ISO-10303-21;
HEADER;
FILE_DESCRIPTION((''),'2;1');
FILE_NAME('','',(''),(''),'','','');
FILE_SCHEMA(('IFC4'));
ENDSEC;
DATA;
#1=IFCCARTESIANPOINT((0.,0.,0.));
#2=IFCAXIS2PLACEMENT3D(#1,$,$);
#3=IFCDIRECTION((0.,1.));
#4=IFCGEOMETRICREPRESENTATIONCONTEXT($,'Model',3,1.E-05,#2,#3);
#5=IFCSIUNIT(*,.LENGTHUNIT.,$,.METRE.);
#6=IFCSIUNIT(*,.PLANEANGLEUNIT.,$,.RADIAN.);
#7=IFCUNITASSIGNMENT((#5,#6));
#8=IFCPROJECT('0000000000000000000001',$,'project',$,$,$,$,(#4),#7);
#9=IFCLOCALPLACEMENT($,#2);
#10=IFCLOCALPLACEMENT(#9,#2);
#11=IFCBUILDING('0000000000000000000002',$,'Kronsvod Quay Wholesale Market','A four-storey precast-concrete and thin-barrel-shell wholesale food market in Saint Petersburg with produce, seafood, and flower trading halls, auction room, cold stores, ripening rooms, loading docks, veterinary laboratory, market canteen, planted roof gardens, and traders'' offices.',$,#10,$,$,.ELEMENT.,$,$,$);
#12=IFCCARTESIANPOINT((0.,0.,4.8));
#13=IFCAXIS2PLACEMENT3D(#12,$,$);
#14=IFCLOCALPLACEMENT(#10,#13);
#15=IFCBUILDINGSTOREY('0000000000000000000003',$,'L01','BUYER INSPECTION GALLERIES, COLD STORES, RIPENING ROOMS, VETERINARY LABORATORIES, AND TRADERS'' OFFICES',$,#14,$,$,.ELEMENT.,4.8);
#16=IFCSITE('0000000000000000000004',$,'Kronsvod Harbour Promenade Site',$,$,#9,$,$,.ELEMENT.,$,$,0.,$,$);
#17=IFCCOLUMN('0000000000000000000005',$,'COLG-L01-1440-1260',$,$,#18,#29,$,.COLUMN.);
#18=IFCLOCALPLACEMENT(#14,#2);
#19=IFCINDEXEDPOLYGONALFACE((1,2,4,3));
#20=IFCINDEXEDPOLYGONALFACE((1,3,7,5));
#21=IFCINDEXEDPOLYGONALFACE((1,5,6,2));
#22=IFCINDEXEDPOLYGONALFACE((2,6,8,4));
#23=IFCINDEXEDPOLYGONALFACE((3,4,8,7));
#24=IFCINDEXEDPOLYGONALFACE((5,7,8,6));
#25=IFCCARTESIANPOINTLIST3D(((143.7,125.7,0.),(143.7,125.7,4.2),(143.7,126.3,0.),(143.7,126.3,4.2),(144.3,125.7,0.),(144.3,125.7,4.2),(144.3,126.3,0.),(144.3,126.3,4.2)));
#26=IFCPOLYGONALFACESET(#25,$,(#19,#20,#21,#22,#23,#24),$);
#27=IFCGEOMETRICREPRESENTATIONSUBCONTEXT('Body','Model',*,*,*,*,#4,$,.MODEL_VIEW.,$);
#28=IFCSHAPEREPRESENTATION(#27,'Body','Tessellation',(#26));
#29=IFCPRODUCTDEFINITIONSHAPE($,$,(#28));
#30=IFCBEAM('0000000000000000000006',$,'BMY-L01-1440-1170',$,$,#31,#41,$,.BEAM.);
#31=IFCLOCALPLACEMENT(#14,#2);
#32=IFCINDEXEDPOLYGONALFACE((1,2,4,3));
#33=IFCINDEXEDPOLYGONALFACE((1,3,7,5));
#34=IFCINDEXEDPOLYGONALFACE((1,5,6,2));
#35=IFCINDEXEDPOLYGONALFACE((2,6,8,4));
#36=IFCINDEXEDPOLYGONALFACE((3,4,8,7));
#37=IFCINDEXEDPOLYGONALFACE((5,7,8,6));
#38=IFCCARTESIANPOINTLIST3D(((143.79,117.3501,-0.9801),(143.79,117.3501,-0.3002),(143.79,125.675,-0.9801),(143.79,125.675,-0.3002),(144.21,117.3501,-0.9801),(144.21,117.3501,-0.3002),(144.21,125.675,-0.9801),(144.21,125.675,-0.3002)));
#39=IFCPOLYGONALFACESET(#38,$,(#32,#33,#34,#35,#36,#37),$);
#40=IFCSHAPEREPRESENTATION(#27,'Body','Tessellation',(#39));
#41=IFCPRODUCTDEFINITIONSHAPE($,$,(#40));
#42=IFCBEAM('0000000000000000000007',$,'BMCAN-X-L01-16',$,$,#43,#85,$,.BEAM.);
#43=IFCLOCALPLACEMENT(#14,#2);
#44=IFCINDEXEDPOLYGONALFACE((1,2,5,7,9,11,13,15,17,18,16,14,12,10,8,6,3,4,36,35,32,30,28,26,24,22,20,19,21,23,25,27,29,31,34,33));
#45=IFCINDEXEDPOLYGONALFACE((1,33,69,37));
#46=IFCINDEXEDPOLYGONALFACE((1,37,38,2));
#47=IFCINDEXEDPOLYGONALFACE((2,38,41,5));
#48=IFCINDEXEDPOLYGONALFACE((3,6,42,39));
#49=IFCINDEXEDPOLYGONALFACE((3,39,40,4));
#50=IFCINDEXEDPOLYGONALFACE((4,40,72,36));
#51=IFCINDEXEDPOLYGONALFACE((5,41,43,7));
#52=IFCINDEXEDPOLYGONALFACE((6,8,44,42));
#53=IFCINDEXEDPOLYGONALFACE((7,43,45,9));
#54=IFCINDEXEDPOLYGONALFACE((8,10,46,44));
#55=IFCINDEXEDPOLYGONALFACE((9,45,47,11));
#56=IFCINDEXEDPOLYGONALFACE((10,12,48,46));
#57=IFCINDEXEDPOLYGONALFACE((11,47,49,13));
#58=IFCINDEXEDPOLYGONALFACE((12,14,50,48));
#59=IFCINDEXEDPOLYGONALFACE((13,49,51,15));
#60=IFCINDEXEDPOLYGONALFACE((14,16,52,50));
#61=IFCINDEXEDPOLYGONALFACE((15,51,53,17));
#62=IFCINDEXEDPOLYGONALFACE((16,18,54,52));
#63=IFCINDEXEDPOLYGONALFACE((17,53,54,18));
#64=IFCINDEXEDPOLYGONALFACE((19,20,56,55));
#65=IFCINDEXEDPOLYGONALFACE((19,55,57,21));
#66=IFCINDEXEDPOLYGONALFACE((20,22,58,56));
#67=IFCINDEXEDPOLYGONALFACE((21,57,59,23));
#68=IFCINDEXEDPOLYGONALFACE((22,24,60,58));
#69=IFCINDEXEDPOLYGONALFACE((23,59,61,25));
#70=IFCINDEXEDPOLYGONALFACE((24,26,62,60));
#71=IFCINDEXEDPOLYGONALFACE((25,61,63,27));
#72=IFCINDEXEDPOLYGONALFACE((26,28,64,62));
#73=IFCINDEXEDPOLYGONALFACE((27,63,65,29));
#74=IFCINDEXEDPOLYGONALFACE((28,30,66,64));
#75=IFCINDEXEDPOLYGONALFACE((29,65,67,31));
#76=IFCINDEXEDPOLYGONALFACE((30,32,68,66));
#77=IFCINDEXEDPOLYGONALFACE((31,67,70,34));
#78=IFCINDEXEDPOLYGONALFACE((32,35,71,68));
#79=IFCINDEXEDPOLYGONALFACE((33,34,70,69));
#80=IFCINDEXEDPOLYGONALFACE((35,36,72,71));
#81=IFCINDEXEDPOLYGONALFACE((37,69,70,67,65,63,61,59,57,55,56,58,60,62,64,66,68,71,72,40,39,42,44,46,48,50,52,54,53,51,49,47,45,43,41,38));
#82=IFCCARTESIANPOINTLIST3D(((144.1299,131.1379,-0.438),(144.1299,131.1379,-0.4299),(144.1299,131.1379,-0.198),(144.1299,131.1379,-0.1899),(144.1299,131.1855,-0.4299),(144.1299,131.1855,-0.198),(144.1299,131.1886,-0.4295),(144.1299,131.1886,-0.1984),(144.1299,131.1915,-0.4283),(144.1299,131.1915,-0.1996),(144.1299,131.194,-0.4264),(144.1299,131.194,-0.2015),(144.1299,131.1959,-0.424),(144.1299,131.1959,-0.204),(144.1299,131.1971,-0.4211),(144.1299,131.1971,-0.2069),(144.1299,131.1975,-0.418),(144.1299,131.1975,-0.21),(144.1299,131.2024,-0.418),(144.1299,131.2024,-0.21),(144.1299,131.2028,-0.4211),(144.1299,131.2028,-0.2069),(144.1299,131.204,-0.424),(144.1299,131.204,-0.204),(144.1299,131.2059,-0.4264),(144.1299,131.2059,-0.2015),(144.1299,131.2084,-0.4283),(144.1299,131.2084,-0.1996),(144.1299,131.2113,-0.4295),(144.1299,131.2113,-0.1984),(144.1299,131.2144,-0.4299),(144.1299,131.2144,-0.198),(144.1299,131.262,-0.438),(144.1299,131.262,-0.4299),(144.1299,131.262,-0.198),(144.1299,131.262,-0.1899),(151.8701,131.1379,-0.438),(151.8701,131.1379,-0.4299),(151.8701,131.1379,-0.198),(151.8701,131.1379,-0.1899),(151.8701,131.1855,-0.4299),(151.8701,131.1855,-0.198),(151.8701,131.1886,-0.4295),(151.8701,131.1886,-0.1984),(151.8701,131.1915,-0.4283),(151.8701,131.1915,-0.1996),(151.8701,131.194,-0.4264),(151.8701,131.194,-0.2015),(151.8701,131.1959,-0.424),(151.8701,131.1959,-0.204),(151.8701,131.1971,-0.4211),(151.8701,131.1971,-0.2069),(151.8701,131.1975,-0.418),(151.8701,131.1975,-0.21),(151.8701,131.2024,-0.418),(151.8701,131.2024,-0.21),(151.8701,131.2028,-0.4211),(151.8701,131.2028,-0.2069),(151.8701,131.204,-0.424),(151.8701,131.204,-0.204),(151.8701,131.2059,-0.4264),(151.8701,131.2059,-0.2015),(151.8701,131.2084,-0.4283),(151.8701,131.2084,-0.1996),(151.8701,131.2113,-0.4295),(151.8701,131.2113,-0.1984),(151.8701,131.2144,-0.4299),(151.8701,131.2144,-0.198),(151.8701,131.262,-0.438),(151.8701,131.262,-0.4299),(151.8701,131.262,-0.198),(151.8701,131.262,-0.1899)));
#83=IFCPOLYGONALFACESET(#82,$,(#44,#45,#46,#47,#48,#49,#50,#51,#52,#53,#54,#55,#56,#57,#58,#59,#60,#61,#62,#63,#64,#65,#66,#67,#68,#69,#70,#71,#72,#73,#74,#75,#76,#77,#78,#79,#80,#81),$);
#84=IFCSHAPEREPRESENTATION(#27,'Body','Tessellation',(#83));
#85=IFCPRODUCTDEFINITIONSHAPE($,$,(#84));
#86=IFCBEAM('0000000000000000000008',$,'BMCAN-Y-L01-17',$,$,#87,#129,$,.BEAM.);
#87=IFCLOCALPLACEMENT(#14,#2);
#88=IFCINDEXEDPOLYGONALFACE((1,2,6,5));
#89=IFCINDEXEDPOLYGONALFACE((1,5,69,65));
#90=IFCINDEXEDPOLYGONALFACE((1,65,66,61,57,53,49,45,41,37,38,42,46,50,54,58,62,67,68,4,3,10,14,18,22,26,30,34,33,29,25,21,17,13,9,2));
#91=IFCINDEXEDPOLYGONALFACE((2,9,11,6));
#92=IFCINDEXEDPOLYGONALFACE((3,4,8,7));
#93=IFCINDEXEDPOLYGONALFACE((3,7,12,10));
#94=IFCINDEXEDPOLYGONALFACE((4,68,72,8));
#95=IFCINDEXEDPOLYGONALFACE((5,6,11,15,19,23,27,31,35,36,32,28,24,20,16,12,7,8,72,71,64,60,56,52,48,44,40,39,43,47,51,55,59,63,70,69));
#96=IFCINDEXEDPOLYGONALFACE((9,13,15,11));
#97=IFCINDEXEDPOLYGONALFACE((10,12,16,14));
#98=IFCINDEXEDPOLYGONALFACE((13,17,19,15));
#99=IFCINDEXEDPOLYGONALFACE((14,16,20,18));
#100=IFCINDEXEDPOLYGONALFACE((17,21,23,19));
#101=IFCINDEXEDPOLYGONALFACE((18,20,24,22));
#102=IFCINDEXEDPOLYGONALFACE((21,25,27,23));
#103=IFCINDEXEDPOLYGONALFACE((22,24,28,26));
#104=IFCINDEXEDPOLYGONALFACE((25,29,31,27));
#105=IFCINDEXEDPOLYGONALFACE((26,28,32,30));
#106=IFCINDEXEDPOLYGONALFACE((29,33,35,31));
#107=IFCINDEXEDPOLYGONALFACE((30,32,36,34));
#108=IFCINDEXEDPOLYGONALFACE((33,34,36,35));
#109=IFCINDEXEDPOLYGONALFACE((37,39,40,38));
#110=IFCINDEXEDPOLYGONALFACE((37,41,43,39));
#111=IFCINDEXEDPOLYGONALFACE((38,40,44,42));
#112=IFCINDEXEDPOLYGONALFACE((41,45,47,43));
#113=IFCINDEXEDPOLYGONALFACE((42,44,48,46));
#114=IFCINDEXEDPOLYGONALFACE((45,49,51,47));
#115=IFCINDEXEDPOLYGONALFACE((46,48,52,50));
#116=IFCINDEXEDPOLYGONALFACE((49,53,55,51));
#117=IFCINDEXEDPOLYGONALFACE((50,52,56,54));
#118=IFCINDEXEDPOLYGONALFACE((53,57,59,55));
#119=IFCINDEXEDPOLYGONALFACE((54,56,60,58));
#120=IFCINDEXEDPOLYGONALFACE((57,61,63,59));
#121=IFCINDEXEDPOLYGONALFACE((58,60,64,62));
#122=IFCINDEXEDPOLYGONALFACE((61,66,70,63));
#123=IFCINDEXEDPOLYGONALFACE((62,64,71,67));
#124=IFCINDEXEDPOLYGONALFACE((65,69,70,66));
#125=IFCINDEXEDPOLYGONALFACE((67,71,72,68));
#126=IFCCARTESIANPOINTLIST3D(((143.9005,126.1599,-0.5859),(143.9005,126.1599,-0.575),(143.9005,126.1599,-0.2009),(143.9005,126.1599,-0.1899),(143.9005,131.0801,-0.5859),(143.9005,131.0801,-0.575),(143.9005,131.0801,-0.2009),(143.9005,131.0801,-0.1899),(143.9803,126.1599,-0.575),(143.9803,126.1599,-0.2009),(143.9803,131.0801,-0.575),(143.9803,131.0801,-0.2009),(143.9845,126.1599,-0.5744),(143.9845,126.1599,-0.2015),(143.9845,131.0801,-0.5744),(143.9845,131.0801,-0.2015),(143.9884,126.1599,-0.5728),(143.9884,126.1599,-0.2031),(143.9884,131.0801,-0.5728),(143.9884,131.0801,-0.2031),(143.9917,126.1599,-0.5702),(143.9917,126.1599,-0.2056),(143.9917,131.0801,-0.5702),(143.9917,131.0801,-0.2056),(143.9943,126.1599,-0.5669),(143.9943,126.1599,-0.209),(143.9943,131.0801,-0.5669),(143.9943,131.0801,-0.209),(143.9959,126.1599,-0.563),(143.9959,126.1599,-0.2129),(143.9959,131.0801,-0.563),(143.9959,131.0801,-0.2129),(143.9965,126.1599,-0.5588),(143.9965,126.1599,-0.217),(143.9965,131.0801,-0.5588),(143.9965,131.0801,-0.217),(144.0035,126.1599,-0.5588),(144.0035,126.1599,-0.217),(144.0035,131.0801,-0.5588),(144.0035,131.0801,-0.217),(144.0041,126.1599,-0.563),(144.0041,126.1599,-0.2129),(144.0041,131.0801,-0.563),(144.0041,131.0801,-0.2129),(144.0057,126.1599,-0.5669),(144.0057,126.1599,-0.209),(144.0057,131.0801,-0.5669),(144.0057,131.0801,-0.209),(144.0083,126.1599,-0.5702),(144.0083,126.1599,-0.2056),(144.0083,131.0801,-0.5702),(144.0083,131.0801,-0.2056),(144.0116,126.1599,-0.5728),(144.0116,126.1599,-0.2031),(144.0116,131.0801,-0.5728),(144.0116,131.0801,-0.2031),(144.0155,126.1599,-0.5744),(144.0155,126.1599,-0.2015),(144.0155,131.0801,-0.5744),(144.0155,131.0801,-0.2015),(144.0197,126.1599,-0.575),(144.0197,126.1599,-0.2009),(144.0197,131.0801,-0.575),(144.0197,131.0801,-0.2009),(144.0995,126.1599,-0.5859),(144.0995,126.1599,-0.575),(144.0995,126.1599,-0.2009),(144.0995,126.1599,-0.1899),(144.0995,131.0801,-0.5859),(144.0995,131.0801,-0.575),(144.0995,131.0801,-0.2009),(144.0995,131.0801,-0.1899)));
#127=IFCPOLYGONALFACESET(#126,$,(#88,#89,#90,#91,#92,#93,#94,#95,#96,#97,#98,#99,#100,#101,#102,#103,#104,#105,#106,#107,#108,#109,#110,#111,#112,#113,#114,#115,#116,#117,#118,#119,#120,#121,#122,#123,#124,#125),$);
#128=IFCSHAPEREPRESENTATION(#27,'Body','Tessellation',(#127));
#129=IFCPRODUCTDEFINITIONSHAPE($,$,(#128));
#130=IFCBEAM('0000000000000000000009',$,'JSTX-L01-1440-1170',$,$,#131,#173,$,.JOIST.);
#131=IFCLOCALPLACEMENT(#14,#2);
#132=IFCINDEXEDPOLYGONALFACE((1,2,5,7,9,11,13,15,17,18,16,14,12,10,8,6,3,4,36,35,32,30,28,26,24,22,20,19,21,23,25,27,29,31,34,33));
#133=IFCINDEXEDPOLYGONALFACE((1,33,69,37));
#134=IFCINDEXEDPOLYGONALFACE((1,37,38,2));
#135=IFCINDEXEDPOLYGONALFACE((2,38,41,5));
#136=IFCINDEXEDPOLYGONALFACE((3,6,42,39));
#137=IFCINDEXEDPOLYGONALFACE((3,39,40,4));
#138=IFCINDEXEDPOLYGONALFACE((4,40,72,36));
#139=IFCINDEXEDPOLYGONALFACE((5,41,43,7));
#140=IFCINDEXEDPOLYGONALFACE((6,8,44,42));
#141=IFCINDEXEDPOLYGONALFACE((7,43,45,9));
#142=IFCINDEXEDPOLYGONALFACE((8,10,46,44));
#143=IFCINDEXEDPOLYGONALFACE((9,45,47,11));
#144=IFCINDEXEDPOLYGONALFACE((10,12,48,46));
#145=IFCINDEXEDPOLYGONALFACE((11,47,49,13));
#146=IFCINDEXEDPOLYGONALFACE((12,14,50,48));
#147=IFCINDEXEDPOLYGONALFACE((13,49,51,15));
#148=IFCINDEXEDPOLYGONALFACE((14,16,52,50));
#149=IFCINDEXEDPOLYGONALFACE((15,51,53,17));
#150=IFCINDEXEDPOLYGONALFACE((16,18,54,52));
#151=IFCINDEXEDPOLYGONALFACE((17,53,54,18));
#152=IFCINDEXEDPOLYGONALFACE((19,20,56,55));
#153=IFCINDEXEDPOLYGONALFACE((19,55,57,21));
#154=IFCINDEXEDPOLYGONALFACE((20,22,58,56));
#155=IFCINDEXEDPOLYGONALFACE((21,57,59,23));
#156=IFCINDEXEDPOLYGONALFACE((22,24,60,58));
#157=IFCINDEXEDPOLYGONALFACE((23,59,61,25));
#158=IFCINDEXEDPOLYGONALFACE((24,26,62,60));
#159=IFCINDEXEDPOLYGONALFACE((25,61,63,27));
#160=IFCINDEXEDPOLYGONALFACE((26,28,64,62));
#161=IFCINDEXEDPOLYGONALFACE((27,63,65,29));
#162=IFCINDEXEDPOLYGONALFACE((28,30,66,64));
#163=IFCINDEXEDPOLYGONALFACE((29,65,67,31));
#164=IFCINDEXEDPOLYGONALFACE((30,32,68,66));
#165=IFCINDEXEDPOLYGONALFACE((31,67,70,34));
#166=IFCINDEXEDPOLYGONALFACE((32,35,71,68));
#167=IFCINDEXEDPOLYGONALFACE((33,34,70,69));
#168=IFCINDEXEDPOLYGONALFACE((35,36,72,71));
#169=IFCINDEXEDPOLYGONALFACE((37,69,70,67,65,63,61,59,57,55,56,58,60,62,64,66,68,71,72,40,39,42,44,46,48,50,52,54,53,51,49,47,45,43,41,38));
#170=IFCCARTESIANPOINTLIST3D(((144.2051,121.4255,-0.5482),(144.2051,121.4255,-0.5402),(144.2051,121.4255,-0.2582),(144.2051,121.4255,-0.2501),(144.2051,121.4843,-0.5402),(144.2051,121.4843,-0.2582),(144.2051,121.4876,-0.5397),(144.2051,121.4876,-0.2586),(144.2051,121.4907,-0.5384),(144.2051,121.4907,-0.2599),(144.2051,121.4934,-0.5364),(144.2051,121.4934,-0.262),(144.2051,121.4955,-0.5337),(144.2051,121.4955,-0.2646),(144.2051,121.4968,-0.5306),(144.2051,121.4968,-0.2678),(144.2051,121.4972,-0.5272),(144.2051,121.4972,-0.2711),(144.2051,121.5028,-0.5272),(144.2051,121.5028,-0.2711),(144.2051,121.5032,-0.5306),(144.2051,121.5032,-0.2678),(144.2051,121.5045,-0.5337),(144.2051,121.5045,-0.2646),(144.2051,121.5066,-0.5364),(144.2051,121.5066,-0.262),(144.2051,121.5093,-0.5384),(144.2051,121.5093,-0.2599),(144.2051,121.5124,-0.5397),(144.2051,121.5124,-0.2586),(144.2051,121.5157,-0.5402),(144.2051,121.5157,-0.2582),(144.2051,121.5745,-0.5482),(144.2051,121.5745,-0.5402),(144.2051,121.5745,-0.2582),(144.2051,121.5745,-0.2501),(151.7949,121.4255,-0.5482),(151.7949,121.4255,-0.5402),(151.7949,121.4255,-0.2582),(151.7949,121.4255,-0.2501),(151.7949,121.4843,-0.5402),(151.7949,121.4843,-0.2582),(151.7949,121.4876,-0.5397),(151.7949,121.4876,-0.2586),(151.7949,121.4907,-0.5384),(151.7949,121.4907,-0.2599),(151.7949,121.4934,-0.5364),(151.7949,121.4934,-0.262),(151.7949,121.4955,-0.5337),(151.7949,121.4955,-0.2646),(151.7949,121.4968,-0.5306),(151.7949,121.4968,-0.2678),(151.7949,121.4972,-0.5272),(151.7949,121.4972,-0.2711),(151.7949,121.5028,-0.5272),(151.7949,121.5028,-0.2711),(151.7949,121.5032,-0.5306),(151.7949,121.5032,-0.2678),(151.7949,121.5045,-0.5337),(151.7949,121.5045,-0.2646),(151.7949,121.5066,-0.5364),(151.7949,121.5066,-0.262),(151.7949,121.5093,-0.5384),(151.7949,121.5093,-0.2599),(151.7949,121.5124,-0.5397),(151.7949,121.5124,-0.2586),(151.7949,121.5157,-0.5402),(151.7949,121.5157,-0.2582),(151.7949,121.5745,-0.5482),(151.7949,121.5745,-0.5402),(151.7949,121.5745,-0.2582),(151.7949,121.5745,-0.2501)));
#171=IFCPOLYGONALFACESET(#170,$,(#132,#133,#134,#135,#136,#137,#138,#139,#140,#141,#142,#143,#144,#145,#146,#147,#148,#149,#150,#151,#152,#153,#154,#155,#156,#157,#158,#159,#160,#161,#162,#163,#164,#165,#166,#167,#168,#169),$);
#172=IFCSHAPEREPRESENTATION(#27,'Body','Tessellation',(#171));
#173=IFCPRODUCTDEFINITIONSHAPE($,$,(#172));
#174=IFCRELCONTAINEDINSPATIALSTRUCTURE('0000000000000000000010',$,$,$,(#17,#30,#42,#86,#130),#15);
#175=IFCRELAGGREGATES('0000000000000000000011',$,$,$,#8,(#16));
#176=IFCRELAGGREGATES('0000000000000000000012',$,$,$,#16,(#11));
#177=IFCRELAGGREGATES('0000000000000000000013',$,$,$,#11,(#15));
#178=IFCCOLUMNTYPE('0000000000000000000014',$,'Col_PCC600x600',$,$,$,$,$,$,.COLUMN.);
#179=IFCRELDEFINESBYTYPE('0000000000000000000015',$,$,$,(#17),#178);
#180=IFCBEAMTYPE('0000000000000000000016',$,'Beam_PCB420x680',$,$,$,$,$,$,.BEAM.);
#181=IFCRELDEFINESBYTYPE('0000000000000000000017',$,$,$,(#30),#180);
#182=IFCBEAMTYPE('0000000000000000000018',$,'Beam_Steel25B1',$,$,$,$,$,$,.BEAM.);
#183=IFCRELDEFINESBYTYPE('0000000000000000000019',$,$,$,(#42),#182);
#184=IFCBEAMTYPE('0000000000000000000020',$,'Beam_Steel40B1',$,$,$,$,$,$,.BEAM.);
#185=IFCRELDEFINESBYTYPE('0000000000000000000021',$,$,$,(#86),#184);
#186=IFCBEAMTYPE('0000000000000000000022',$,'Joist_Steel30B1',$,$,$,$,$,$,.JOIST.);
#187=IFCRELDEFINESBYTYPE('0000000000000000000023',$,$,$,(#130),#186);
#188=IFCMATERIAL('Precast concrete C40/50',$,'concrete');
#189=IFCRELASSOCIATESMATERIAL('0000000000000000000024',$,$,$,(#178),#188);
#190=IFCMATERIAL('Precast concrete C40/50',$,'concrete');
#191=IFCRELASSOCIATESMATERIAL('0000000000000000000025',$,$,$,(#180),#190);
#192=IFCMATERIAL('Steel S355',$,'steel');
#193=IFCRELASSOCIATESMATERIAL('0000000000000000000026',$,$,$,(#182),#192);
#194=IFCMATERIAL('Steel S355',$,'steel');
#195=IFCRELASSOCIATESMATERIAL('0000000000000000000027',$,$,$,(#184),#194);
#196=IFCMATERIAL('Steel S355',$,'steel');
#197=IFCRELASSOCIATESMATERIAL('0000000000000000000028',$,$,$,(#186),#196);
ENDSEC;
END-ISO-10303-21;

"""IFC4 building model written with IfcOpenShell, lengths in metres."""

from ifc_helpers import new_model, si_unit, direction, frame, origin, origin_2d, place, context, subcontext, project, spatial, rectangle, i_section, extrude, material, material_profile, profile_set, type_object, element, save


model = new_model("IFC4")

# Units and contexts
model_context = context("Model", 3, precision=1e-05, world=origin(), true_north=direction((0.0, 1.0)))
body_context = subcontext(model_context, "Body", "Model", "MODEL_VIEW")
ifc_project = project(units=[si_unit("LENGTHUNIT", "METRE"), si_unit("PLANEANGLEUNIT", "RADIAN")], contexts=[model_context])

# Site, building, storey
site_placement = place(None, origin())
site = spatial("IfcSite", under=ifc_project, at=site_placement, Name="Kronsvod Harbour Promenade Site", CompositionType="ELEMENT", RefElevation=0.0)
building_placement = place(site_placement, origin())
building = spatial("IfcBuilding", under=site, at=building_placement, Name="Kronsvod Quay Wholesale Market", Description="A four-storey precast-concrete and thin-barrel-shell wholesale food market in Saint Petersburg with produce, seafood, and flower trading halls, auction room, cold stores, ripening rooms, loading docks, veterinary laboratory, market canteen, planted roof gardens, and traders' offices.", CompositionType="ELEMENT")
storey_placement = place(building_placement, frame((0.0, 0.0, 4.8)))
storey = spatial("IfcBuildingStorey", under=building, at=storey_placement, Name="L01", Description="BUYER INSPECTION GALLERIES, COLD STORES, RIPENING ROOMS, VETERINARY LABORATORIES, AND TRADERS' OFFICES", CompositionType="ELEMENT", Elevation=4.8)

# Column
ifc_material_1 = material(Name="Precast concrete C40/50", Category="concrete")
ifc_material_profile_1 = material_profile(ifc_material_1, rectangle(XDim=0.6001, YDim=0.6001, at=origin_2d()), Name="PCC600x600")
ifc_profile_set_1 = profile_set([ifc_material_profile_1], Name="Precast concrete C40/50")
column_type = type_object("IfcColumnType", Name="Col_PCC600x600", PredefinedType="COLUMN", material=ifc_profile_set_1)
column_placement = place(storey_placement, frame((144.0, 126.0, 0.0), z_axis=(0.0, 0.0, 1.0), x_axis=(1.0, 0.0, 0.0)))
element("IfcColumn", 1, at=column_placement, inside=storey, type_object=column_type, Name="COLG-L01-1440-1260", PredefinedType="COLUMN", context=body_context, shape_type="SweptSolid", body=[
    extrude(rectangle(XDim=0.6001, YDim=0.6001, at=origin_2d()), origin(), (0.0, 0.0, 1.0), 4.2),
])

# Beams
ifc_material_2 = material(Name="Precast concrete C40/50", Category="concrete")
ifc_material_profile_2 = material_profile(ifc_material_2, rectangle(XDim=0.4199, YDim=0.6799, at=origin_2d()), Name="PB-05")
ifc_profile_set_2 = profile_set([ifc_material_profile_2], Name="Precast concrete C40/50")
beam_type_1 = type_object("IfcBeamType", Name="Beam_PCB420x680", PredefinedType="BEAM", material=ifc_profile_set_2)
beam_1_placement = place(storey_placement, frame((144.0, 117.3501, -0.6401), z_axis=(0.0, 1.0, 0.0), x_axis=(-1.0, 0.0, 0.0)))
element("IfcBeam", 2, at=beam_1_placement, inside=storey, type_object=beam_type_1, Name="BMY-L01-1440-1170", PredefinedType="BEAM", context=body_context, shape_type="SweptSolid", body=[
    extrude(rectangle(XDim=0.4199, YDim=0.6799, at=origin_2d()), origin(), (0.0, 0.0, 1.0), 8.325),
])
ifc_material_3 = material(Name="Steel S355", Category="steel")
ifc_material_profile_3 = material_profile(ifc_material_3, i_section(OverallWidth=0.124, OverallDepth=0.248, WebThickness=0.0049, FlangeThickness=0.0081, FilletRadius=0.012, at=origin_2d()), Name="25B1")
ifc_profile_set_3 = profile_set([ifc_material_profile_3], Name="Steel S355")
beam_type_2 = type_object("IfcBeamType", Name="Beam_Steel25B1", PredefinedType="BEAM", material=ifc_profile_set_3)
beam_2_placement = place(storey_placement, frame((144.1299, 131.2, -0.314), z_axis=(1.0, 0.0, 0.0), x_axis=(0.0, 1.0, 0.0)))
element("IfcBeam", 3, at=beam_2_placement, inside=storey, type_object=beam_type_2, Name="BMCAN-X-L01-16", PredefinedType="BEAM", context=body_context, shape_type="SweptSolid", body=[
    extrude(i_section(OverallWidth=0.124, OverallDepth=0.248, WebThickness=0.0049, FlangeThickness=0.0081, FilletRadius=0.012, at=origin_2d()), origin(), (0.0, 0.0, 1.0), 7.7402),
])
ifc_material_4 = material(Name="Steel S355", Category="steel")
ifc_material_profile_4 = material_profile(ifc_material_4, i_section(OverallWidth=0.199, OverallDepth=0.396, WebThickness=0.0071, FlangeThickness=0.011, FilletRadius=0.0161, at=origin_2d()), Name="40B1")
ifc_profile_set_4 = profile_set([ifc_material_profile_4], Name="Steel S355")
beam_type_3 = type_object("IfcBeamType", Name="Beam_Steel40B1", PredefinedType="BEAM", material=ifc_profile_set_4)
beam_3_placement = place(storey_placement, frame((144.0, 126.1599, -0.3879), z_axis=(0.0, 1.0, 0.0), x_axis=(-1.0, 0.0, 0.0)))
element("IfcBeam", 4, at=beam_3_placement, inside=storey, type_object=beam_type_3, Name="BMCAN-Y-L01-17", PredefinedType="BEAM", context=body_context, shape_type="SweptSolid", body=[
    extrude(i_section(OverallWidth=0.199, OverallDepth=0.396, WebThickness=0.0071, FlangeThickness=0.011, FilletRadius=0.0161, at=origin_2d()), origin(), (0.0, 0.0, 1.0), 4.9202),
])
ifc_material_5 = material(Name="Steel S355", Category="steel")
ifc_material_profile_5 = material_profile(ifc_material_5, i_section(OverallWidth=0.1489, OverallDepth=0.2981, WebThickness=0.0056, FlangeThickness=0.0081, FilletRadius=0.0129, at=origin_2d()), Name="30B1")
ifc_profile_set_5 = profile_set([ifc_material_profile_5], Name="Steel S355")
beam_type_4 = type_object("IfcBeamType", Name="Joist_Steel30B1", PredefinedType="JOIST", material=ifc_profile_set_5)
beam_4_placement = place(storey_placement, frame((144.2051, 121.5, -0.3992), z_axis=(1.0, 0.0, 0.0), x_axis=(0.0, 1.0, 0.0)))
element("IfcBeam", 5, at=beam_4_placement, inside=storey, type_object=beam_type_4, Name="JSTX-L01-1440-1170", PredefinedType="JOIST", context=body_context, shape_type="SweptSolid", body=[
    extrude(i_section(OverallWidth=0.1489, OverallDepth=0.2981, WebThickness=0.0056, FlangeThickness=0.0081, FilletRadius=0.0129, at=origin_2d()), origin(), (0.0, 0.0, 1.0), 7.5898),
])

save(model, "model.ifc")
